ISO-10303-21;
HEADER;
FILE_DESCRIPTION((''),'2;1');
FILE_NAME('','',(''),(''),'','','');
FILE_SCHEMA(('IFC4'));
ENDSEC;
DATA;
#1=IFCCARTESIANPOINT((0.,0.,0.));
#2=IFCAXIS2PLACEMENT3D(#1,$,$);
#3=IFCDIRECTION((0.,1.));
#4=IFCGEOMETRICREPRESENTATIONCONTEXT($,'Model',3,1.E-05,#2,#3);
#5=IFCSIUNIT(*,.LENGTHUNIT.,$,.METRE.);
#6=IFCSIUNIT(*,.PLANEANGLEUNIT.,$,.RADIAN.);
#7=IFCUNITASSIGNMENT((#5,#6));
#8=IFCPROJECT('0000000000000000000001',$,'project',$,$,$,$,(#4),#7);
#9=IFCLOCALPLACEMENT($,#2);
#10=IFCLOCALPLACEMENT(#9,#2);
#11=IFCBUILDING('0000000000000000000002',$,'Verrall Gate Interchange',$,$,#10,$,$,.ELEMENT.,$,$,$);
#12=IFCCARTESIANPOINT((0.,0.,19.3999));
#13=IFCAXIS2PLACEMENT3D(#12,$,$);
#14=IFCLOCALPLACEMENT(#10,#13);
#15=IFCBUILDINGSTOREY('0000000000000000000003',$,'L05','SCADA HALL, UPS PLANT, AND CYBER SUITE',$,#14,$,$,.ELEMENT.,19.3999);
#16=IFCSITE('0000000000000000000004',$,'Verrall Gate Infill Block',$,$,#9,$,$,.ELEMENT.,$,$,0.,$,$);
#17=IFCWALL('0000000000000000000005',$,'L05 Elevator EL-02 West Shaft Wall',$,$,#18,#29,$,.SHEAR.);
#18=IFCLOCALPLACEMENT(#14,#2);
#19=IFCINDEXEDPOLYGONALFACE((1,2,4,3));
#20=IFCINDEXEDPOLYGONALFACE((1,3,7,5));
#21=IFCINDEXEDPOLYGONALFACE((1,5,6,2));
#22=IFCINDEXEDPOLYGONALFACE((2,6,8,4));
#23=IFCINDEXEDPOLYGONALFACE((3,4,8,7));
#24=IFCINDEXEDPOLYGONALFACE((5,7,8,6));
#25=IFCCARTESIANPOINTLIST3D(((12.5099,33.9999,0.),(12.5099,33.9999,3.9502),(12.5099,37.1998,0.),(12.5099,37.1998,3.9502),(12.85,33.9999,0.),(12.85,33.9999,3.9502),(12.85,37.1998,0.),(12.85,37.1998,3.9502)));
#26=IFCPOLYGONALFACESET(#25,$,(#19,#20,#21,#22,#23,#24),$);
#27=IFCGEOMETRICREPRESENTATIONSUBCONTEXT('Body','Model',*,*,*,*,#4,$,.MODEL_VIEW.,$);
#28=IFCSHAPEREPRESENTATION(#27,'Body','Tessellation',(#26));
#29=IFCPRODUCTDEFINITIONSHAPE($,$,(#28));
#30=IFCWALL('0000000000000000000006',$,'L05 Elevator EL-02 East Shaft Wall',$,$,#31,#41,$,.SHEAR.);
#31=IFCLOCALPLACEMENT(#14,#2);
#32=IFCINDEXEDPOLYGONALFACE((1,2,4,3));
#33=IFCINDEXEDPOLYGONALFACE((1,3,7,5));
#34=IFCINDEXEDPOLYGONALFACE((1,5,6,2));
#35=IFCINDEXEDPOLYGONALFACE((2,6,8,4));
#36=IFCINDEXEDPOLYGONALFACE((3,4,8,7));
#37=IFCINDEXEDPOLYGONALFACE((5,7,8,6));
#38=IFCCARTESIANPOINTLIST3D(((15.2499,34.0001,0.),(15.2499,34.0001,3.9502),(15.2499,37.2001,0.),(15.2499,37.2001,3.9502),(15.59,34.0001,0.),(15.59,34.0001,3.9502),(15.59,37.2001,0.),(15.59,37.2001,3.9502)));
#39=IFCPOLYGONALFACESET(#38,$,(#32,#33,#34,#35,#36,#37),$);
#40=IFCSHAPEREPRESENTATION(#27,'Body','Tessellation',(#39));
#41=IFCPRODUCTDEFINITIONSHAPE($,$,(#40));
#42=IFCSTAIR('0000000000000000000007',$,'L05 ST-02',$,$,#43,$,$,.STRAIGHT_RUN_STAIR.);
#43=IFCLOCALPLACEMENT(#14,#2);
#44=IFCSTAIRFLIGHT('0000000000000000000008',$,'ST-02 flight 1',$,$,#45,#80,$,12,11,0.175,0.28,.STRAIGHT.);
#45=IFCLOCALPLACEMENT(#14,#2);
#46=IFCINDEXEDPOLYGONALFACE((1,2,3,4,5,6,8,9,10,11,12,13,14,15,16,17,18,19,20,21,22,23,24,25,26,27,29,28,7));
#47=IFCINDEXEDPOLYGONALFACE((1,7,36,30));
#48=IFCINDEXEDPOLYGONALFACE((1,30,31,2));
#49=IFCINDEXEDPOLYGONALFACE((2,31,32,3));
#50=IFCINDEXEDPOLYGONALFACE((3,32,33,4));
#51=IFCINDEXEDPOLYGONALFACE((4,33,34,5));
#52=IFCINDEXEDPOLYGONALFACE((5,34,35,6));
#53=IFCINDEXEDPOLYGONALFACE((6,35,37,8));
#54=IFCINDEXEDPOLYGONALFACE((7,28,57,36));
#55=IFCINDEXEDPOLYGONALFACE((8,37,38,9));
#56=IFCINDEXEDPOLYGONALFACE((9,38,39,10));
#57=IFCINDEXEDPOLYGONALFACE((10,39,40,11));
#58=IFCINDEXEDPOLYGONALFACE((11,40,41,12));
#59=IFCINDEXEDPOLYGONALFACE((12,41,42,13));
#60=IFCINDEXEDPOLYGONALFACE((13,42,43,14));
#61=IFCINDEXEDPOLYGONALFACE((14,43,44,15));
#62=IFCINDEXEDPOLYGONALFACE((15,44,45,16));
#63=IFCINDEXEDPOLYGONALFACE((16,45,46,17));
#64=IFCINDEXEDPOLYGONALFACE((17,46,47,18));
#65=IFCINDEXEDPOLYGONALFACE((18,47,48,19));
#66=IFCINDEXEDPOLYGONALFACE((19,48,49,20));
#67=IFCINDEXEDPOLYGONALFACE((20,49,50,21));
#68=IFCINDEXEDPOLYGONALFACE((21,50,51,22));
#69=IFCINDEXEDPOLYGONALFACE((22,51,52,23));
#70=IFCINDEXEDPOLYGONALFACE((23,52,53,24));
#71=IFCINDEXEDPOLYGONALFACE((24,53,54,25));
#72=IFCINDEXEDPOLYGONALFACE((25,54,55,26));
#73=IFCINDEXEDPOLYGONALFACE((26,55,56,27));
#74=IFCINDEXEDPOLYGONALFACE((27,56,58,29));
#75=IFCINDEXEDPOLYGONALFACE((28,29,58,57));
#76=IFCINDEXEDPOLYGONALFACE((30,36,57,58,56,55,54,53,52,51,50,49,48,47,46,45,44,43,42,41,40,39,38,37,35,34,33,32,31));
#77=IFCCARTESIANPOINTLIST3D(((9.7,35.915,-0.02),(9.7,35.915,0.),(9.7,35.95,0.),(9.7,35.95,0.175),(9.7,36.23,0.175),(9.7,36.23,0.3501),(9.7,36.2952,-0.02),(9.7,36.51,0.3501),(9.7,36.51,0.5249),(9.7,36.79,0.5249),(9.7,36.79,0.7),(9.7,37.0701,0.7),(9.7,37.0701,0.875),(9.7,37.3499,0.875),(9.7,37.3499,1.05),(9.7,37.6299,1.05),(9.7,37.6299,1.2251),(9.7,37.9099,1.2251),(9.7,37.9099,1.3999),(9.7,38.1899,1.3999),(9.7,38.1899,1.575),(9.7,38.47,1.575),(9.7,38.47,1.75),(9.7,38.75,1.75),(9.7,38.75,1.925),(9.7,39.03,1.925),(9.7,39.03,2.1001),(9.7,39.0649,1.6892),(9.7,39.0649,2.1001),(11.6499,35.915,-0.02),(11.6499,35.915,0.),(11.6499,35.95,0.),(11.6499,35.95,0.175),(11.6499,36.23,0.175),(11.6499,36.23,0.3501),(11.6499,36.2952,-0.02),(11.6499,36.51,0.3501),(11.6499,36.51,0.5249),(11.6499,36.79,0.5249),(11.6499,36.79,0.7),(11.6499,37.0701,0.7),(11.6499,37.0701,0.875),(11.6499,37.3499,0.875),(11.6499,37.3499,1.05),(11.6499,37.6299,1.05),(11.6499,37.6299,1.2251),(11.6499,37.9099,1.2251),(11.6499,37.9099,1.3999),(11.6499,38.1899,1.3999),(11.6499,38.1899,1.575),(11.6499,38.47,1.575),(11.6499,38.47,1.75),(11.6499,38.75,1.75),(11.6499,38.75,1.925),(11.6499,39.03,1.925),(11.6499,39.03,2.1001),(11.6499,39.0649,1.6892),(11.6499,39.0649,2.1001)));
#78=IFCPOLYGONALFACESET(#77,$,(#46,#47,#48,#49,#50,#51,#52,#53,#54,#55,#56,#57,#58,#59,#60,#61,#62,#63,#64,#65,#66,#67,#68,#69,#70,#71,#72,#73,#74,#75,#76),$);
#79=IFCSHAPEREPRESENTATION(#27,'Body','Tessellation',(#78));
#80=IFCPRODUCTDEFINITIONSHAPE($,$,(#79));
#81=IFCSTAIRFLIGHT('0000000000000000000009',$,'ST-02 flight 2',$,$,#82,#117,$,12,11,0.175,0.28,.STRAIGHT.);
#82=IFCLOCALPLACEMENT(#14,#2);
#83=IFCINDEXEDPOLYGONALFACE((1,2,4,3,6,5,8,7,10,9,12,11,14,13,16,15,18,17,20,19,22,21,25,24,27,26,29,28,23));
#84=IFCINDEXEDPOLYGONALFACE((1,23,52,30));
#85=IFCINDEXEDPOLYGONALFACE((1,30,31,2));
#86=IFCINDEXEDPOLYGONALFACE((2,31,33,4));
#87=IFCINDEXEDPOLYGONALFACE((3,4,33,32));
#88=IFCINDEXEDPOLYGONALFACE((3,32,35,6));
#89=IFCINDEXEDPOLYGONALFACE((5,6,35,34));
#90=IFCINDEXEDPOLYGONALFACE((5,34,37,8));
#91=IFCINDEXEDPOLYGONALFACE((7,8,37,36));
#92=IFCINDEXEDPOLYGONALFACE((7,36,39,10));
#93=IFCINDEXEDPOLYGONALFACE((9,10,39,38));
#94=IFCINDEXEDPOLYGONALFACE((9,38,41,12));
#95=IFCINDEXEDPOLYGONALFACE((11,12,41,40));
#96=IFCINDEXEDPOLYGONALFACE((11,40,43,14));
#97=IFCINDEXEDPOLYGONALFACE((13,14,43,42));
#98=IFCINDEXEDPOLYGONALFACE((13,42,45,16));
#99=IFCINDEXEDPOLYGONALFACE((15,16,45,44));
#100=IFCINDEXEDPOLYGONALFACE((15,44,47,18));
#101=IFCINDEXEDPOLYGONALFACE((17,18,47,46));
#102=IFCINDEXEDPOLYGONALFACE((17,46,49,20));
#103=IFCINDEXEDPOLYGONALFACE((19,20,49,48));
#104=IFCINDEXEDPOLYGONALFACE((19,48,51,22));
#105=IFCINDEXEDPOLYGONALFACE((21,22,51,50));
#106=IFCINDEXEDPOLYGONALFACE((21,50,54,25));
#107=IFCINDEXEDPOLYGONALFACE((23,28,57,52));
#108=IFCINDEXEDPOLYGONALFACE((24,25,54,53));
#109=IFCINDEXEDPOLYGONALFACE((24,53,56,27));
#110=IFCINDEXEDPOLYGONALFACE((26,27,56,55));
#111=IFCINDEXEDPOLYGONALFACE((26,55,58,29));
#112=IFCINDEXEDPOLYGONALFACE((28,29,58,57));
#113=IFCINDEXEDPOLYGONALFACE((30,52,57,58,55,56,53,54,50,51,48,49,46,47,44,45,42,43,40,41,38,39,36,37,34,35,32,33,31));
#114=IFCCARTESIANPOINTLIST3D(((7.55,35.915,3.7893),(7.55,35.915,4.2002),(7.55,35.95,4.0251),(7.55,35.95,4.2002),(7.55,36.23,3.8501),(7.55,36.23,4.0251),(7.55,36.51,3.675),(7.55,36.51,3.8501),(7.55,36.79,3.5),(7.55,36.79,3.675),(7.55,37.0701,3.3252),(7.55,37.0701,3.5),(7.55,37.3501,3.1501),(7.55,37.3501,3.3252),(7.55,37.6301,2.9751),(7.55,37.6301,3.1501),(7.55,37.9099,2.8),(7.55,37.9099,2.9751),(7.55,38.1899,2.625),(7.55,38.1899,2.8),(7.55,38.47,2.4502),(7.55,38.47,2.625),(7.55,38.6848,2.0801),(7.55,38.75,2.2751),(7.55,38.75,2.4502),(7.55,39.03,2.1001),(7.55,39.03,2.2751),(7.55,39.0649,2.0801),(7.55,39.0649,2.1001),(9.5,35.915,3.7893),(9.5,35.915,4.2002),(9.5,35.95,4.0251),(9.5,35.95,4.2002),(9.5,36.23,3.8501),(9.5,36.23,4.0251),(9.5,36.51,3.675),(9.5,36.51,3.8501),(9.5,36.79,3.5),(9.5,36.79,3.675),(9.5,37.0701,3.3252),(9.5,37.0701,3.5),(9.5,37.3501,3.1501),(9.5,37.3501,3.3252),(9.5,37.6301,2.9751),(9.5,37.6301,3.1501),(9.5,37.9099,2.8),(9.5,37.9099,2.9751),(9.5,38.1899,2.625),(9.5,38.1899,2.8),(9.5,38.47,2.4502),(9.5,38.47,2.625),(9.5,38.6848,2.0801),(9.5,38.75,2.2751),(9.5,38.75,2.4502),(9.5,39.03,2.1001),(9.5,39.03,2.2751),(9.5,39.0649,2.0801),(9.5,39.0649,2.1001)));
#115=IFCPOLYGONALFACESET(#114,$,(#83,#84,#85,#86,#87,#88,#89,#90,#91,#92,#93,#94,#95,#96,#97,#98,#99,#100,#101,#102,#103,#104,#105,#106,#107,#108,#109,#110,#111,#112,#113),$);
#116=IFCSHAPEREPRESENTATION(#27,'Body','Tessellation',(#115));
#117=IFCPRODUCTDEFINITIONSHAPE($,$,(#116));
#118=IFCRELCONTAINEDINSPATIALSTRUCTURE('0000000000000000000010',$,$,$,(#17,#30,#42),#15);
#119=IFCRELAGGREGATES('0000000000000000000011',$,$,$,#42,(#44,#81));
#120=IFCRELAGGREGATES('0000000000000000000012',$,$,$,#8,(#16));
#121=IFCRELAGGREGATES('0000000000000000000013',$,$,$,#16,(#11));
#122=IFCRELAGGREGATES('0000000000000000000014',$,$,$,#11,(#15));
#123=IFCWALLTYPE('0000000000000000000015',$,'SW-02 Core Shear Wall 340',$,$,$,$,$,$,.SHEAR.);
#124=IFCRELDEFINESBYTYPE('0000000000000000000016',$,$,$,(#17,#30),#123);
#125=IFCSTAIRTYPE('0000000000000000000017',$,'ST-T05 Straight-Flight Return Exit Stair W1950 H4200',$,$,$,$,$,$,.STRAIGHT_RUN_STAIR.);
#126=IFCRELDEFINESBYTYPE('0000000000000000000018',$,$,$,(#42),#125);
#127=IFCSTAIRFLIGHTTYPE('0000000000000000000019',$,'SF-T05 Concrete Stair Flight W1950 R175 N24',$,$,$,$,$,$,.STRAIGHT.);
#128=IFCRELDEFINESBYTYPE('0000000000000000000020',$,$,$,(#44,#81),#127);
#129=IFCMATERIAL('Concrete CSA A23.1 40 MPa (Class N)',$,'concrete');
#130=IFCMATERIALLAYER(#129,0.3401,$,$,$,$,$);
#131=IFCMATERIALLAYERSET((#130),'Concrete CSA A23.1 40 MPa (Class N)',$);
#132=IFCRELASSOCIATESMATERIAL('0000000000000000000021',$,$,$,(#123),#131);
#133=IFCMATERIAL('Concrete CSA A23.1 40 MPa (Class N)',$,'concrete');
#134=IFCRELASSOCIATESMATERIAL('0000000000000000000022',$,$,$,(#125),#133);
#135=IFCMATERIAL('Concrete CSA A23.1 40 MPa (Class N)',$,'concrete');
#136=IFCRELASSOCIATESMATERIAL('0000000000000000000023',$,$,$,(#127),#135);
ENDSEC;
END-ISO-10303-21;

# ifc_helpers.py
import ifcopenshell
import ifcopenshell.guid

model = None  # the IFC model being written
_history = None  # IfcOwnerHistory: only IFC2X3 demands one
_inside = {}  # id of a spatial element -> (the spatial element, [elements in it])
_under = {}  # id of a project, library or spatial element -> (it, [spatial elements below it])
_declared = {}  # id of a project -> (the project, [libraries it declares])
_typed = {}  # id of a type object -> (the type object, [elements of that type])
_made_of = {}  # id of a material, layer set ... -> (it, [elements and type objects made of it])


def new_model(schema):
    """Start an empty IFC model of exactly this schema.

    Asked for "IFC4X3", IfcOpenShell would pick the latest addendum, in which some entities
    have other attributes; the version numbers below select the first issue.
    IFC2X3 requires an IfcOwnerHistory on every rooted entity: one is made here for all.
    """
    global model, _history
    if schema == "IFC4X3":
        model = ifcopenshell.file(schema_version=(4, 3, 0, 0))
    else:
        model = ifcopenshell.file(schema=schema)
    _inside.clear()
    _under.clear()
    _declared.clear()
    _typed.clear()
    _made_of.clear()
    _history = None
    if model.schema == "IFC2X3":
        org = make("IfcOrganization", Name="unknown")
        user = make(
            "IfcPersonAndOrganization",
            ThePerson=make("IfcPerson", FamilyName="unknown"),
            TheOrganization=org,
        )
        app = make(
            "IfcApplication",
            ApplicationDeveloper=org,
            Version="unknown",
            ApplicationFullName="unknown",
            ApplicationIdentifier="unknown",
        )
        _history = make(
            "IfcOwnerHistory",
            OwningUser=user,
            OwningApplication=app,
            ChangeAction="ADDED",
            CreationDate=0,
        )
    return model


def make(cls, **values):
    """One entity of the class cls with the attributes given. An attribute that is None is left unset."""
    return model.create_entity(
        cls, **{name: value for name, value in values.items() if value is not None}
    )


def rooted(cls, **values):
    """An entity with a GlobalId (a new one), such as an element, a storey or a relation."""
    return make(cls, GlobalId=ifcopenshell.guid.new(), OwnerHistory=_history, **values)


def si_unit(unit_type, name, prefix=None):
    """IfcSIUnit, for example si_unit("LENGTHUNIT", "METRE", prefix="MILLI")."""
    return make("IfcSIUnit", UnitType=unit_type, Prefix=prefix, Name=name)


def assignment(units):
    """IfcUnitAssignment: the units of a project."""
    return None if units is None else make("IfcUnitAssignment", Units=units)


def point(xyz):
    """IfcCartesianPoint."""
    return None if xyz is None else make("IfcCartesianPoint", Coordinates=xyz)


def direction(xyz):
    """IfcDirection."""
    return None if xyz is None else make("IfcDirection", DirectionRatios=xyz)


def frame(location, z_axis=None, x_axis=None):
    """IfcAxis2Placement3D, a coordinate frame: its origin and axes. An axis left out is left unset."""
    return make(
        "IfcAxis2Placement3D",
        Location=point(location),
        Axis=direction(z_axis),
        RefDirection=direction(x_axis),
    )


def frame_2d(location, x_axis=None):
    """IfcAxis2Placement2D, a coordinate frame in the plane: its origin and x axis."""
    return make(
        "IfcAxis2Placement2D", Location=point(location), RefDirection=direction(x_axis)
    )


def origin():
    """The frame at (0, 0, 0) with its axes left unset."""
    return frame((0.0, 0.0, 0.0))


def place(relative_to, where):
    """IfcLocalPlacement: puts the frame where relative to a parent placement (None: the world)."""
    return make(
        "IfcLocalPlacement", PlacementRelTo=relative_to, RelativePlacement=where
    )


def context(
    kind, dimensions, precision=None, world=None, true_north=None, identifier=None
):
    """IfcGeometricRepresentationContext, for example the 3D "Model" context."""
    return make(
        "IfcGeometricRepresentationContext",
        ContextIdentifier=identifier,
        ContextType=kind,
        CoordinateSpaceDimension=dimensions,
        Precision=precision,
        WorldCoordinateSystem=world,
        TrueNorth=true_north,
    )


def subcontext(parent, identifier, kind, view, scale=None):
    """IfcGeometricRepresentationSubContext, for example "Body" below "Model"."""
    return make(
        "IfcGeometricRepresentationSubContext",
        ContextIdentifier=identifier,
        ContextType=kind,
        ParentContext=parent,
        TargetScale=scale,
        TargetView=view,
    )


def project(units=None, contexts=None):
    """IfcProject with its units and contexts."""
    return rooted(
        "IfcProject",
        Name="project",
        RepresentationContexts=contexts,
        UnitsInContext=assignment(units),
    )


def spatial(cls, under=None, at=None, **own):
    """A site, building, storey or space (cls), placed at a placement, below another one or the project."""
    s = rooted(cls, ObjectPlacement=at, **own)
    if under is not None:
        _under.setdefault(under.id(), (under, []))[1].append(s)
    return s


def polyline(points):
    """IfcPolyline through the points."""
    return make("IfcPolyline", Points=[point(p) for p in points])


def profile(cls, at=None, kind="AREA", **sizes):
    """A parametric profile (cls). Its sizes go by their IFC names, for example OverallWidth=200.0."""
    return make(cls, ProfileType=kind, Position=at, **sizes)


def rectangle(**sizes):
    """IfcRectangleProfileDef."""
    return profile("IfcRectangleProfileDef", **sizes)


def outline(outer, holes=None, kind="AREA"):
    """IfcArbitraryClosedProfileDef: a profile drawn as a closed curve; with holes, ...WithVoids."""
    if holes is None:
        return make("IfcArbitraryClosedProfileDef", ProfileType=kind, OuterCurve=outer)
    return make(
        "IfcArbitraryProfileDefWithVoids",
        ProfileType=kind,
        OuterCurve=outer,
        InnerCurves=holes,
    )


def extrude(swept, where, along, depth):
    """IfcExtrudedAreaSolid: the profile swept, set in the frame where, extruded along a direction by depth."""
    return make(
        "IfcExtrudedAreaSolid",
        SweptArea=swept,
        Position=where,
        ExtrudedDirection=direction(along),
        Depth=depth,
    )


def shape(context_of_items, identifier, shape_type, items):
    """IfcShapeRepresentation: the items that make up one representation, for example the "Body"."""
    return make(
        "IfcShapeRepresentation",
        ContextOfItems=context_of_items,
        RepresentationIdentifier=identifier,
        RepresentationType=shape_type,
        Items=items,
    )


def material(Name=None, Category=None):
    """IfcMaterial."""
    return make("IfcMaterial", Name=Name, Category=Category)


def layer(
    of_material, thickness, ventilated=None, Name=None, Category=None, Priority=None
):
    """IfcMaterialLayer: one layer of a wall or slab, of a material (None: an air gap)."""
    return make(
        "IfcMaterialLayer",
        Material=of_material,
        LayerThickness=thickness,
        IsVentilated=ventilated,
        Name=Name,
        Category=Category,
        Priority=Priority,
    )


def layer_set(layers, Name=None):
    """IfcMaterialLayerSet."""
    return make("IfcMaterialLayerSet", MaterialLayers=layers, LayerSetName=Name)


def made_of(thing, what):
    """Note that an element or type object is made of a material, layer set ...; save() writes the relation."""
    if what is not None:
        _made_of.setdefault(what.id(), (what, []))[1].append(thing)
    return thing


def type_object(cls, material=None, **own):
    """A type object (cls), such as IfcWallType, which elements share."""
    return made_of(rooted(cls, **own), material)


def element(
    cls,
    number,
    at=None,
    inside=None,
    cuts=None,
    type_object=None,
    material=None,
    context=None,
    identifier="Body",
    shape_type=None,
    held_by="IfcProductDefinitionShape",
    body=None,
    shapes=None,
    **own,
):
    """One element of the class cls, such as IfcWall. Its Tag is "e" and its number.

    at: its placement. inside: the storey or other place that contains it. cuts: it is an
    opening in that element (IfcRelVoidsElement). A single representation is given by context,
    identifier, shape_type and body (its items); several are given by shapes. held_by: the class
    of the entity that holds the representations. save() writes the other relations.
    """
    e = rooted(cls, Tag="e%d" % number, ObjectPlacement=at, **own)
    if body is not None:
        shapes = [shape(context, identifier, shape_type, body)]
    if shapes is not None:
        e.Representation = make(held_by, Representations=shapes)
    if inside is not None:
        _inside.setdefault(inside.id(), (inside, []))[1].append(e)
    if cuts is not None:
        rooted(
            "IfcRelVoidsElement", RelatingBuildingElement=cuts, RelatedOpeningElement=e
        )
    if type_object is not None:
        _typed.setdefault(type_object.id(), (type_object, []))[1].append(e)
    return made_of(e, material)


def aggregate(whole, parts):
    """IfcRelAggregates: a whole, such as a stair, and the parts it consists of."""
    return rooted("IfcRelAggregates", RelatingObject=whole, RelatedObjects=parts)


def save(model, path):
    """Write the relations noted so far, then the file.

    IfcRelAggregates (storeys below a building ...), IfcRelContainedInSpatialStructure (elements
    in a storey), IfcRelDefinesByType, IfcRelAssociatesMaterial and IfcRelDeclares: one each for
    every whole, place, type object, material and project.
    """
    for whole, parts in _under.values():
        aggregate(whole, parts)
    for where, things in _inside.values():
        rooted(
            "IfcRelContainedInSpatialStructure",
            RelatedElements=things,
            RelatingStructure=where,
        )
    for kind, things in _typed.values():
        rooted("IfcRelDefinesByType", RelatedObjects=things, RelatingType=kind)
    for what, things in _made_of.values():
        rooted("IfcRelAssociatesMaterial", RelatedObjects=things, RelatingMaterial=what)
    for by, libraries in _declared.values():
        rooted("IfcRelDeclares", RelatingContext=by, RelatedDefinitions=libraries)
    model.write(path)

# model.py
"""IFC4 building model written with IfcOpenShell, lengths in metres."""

from ifc_helpers import new_model, si_unit, direction, frame, frame_2d, origin, place, context, subcontext, project, spatial, polyline, rectangle, outline, extrude, material, layer, layer_set, type_object, element, aggregate, save


model = new_model("IFC4")

# Units and contexts
model_context = context("Model", 3, precision=1e-05, world=origin(), true_north=direction((0.0, 1.0)))
body_context = subcontext(model_context, "Body", "Model", "MODEL_VIEW")
ifc_project = project(units=[si_unit("LENGTHUNIT", "METRE"), si_unit("PLANEANGLEUNIT", "RADIAN")], contexts=[model_context])

# Site, building, storey
site_placement = place(None, origin())
site = spatial("IfcSite", under=ifc_project, at=site_placement, Name="Verrall Gate Infill Block", CompositionType="ELEMENT", RefElevation=0.0)
building_placement = place(site_placement, origin())
building = spatial("IfcBuilding", under=site, at=building_placement, Name="Verrall Gate Interchange", CompositionType="ELEMENT")
storey_placement = place(building_placement, frame((0.0, 0.0, 19.3999)))
storey = spatial("IfcBuildingStorey", under=building, at=storey_placement, Name="L05", Description="SCADA HALL, UPS PLANT, AND CYBER SUITE", CompositionType="ELEMENT", Elevation=19.3999)

# Walls
ifc_material_1 = material(Name="Concrete CSA A23.1 40 MPa (Class N)", Category="concrete")
ifc_layer_1 = layer(ifc_material_1, 0.3401)
ifc_layer_set_1 = layer_set([ifc_layer_1], Name="Concrete CSA A23.1 40 MPa (Class N)")
wall_type_1 = type_object("IfcWallType", Name="SW-02 Core Shear Wall 340", PredefinedType="SHEAR", material=ifc_layer_set_1)
for number, where, z_axis, x_axis, name in (
    (1, (12.6799, 37.2, 0.0), (0.0, 0.0, 1.0), (0.0, -1.0, 0.0), "L05 Elevator EL-02 West Shaft Wall"),
    (2, (15.4199, 34.0, 0.0), (0.0, 0.0, 1.0), (0.0, 1.0, 0.0), "L05 Elevator EL-02 East Shaft Wall"),
):
    element("IfcWall", number, at=place(storey_placement, frame(where, z_axis=z_axis, x_axis=x_axis)), inside=storey, type_object=wall_type_1, Name=name, PredefinedType="SHEAR", context=body_context, shape_type="SweptSolid", body=[
        extrude(rectangle(XDim=3.2, YDim=0.3401, at=frame_2d((1.6001, 0.0))), origin(), (0.0, 0.0, 1.0), 3.9502),
    ])

# Stair, stair flights
ifc_material_2 = material(Name="Concrete CSA A23.1 40 MPa (Class N)", Category="concrete")
stair_type = type_object("IfcStairType", Name="ST-T05 Straight-Flight Return Exit Stair W1950 H4200", PredefinedType="STRAIGHT_RUN_STAIR", material=ifc_material_2)
stair_placement = place(storey_placement, origin())
stair = element("IfcStair", 3, at=stair_placement, inside=storey, type_object=stair_type, Name="L05 ST-02", PredefinedType="STRAIGHT_RUN_STAIR")
ifc_material_3 = material(Name="Concrete CSA A23.1 40 MPa (Class N)", Category="concrete")
stair_flight_type = type_object("IfcStairFlightType", Name="SF-T05 Concrete Stair Flight W1950 R175 N24", PredefinedType="STRAIGHT", material=ifc_material_3)
stair_flight_1_placement = place(storey_placement, frame((10.675, 35.95, 0.0), z_axis=(0.0, 0.0, 1.0), x_axis=(0.0, 1.0, 0.0)))
stair_flight_1 = element("IfcStairFlight", 4, at=stair_flight_1_placement, type_object=stair_flight_type, Name="ST-02 flight 1", NumberOfRisers=12, NumberOfTreads=11, PredefinedType="STRAIGHT", RiserHeight=0.175, TreadLength=0.28, context=body_context, shape_type="SweptSolid", body=[
    extrude(outline(polyline([(-0.0349, -0.02), (-0.0349, 0.0), (0.0, 0.0), (0.0, 0.175), (0.28, 0.175), (0.28, 0.3501), (0.5601, 0.3501), (0.5601, 0.5249), (0.8401, 0.5249), (0.8401, 0.7), (1.1201, 0.7), (1.1201, 0.875), (1.3999, 0.875), (1.3999, 1.05), (1.6799, 1.05), (1.6799, 1.2251), (1.96, 1.2251), (1.96, 1.3999), (2.24, 1.3999), (2.24, 1.575), (2.52, 1.575), (2.52, 1.75), (2.8, 1.75), (2.8, 1.925), (3.0801, 1.925), (3.0801, 2.1001), (3.115, 2.1001), (3.115, 1.6892), (0.3452, -0.02), (-0.0349, -0.02)])), frame((0.0, 0.9751, 0.0), z_axis=(0.0, -1.0, 0.0), x_axis=(1.0, 0.0, 0.0)), (0.0, 0.0, 1.0), 1.95),
])
stair_flight_2_placement = place(storey_placement, frame((8.5249, 39.03, 2.1001), z_axis=(0.0, 0.0, 1.0), x_axis=(0.0, -1.0, 0.0)))
stair_flight_2 = element("IfcStairFlight", 5, at=stair_flight_2_placement, type_object=stair_flight_type, Name="ST-02 flight 2", NumberOfRisers=12, NumberOfTreads=11, PredefinedType="STRAIGHT", RiserHeight=0.175, TreadLength=0.28, context=body_context, shape_type="SweptSolid", body=[
    extrude(outline(polyline([(-0.0349, -0.02), (-0.0349, 0.0), (0.0, 0.0), (0.0, 0.175), (0.28, 0.175), (0.28, 0.3501), (0.5601, 0.3501), (0.5601, 0.5249), (0.8401, 0.5249), (0.8401, 0.7), (1.1201, 0.7), (1.1201, 0.875), (1.3999, 0.875), (1.3999, 1.05), (1.6799, 1.05), (1.6799, 1.2251), (1.96, 1.2251), (1.96, 1.3999), (2.24, 1.3999), (2.24, 1.575), (2.52, 1.575), (2.52, 1.75), (2.8, 1.75), (2.8, 1.925), (3.0801, 1.925), (3.0801, 2.1001), (3.115, 2.1001), (3.115, 1.6892), (0.3452, -0.02), (-0.0349, -0.02)])), frame((0.0, 0.9751, 0.0), z_axis=(0.0, -1.0, 0.0), x_axis=(1.0, 0.0, 0.0)), (0.0, 0.0, 1.0), 1.95),
])
aggregate(stair, [stair_flight_1, stair_flight_2])

save(model, "model.ifc")
